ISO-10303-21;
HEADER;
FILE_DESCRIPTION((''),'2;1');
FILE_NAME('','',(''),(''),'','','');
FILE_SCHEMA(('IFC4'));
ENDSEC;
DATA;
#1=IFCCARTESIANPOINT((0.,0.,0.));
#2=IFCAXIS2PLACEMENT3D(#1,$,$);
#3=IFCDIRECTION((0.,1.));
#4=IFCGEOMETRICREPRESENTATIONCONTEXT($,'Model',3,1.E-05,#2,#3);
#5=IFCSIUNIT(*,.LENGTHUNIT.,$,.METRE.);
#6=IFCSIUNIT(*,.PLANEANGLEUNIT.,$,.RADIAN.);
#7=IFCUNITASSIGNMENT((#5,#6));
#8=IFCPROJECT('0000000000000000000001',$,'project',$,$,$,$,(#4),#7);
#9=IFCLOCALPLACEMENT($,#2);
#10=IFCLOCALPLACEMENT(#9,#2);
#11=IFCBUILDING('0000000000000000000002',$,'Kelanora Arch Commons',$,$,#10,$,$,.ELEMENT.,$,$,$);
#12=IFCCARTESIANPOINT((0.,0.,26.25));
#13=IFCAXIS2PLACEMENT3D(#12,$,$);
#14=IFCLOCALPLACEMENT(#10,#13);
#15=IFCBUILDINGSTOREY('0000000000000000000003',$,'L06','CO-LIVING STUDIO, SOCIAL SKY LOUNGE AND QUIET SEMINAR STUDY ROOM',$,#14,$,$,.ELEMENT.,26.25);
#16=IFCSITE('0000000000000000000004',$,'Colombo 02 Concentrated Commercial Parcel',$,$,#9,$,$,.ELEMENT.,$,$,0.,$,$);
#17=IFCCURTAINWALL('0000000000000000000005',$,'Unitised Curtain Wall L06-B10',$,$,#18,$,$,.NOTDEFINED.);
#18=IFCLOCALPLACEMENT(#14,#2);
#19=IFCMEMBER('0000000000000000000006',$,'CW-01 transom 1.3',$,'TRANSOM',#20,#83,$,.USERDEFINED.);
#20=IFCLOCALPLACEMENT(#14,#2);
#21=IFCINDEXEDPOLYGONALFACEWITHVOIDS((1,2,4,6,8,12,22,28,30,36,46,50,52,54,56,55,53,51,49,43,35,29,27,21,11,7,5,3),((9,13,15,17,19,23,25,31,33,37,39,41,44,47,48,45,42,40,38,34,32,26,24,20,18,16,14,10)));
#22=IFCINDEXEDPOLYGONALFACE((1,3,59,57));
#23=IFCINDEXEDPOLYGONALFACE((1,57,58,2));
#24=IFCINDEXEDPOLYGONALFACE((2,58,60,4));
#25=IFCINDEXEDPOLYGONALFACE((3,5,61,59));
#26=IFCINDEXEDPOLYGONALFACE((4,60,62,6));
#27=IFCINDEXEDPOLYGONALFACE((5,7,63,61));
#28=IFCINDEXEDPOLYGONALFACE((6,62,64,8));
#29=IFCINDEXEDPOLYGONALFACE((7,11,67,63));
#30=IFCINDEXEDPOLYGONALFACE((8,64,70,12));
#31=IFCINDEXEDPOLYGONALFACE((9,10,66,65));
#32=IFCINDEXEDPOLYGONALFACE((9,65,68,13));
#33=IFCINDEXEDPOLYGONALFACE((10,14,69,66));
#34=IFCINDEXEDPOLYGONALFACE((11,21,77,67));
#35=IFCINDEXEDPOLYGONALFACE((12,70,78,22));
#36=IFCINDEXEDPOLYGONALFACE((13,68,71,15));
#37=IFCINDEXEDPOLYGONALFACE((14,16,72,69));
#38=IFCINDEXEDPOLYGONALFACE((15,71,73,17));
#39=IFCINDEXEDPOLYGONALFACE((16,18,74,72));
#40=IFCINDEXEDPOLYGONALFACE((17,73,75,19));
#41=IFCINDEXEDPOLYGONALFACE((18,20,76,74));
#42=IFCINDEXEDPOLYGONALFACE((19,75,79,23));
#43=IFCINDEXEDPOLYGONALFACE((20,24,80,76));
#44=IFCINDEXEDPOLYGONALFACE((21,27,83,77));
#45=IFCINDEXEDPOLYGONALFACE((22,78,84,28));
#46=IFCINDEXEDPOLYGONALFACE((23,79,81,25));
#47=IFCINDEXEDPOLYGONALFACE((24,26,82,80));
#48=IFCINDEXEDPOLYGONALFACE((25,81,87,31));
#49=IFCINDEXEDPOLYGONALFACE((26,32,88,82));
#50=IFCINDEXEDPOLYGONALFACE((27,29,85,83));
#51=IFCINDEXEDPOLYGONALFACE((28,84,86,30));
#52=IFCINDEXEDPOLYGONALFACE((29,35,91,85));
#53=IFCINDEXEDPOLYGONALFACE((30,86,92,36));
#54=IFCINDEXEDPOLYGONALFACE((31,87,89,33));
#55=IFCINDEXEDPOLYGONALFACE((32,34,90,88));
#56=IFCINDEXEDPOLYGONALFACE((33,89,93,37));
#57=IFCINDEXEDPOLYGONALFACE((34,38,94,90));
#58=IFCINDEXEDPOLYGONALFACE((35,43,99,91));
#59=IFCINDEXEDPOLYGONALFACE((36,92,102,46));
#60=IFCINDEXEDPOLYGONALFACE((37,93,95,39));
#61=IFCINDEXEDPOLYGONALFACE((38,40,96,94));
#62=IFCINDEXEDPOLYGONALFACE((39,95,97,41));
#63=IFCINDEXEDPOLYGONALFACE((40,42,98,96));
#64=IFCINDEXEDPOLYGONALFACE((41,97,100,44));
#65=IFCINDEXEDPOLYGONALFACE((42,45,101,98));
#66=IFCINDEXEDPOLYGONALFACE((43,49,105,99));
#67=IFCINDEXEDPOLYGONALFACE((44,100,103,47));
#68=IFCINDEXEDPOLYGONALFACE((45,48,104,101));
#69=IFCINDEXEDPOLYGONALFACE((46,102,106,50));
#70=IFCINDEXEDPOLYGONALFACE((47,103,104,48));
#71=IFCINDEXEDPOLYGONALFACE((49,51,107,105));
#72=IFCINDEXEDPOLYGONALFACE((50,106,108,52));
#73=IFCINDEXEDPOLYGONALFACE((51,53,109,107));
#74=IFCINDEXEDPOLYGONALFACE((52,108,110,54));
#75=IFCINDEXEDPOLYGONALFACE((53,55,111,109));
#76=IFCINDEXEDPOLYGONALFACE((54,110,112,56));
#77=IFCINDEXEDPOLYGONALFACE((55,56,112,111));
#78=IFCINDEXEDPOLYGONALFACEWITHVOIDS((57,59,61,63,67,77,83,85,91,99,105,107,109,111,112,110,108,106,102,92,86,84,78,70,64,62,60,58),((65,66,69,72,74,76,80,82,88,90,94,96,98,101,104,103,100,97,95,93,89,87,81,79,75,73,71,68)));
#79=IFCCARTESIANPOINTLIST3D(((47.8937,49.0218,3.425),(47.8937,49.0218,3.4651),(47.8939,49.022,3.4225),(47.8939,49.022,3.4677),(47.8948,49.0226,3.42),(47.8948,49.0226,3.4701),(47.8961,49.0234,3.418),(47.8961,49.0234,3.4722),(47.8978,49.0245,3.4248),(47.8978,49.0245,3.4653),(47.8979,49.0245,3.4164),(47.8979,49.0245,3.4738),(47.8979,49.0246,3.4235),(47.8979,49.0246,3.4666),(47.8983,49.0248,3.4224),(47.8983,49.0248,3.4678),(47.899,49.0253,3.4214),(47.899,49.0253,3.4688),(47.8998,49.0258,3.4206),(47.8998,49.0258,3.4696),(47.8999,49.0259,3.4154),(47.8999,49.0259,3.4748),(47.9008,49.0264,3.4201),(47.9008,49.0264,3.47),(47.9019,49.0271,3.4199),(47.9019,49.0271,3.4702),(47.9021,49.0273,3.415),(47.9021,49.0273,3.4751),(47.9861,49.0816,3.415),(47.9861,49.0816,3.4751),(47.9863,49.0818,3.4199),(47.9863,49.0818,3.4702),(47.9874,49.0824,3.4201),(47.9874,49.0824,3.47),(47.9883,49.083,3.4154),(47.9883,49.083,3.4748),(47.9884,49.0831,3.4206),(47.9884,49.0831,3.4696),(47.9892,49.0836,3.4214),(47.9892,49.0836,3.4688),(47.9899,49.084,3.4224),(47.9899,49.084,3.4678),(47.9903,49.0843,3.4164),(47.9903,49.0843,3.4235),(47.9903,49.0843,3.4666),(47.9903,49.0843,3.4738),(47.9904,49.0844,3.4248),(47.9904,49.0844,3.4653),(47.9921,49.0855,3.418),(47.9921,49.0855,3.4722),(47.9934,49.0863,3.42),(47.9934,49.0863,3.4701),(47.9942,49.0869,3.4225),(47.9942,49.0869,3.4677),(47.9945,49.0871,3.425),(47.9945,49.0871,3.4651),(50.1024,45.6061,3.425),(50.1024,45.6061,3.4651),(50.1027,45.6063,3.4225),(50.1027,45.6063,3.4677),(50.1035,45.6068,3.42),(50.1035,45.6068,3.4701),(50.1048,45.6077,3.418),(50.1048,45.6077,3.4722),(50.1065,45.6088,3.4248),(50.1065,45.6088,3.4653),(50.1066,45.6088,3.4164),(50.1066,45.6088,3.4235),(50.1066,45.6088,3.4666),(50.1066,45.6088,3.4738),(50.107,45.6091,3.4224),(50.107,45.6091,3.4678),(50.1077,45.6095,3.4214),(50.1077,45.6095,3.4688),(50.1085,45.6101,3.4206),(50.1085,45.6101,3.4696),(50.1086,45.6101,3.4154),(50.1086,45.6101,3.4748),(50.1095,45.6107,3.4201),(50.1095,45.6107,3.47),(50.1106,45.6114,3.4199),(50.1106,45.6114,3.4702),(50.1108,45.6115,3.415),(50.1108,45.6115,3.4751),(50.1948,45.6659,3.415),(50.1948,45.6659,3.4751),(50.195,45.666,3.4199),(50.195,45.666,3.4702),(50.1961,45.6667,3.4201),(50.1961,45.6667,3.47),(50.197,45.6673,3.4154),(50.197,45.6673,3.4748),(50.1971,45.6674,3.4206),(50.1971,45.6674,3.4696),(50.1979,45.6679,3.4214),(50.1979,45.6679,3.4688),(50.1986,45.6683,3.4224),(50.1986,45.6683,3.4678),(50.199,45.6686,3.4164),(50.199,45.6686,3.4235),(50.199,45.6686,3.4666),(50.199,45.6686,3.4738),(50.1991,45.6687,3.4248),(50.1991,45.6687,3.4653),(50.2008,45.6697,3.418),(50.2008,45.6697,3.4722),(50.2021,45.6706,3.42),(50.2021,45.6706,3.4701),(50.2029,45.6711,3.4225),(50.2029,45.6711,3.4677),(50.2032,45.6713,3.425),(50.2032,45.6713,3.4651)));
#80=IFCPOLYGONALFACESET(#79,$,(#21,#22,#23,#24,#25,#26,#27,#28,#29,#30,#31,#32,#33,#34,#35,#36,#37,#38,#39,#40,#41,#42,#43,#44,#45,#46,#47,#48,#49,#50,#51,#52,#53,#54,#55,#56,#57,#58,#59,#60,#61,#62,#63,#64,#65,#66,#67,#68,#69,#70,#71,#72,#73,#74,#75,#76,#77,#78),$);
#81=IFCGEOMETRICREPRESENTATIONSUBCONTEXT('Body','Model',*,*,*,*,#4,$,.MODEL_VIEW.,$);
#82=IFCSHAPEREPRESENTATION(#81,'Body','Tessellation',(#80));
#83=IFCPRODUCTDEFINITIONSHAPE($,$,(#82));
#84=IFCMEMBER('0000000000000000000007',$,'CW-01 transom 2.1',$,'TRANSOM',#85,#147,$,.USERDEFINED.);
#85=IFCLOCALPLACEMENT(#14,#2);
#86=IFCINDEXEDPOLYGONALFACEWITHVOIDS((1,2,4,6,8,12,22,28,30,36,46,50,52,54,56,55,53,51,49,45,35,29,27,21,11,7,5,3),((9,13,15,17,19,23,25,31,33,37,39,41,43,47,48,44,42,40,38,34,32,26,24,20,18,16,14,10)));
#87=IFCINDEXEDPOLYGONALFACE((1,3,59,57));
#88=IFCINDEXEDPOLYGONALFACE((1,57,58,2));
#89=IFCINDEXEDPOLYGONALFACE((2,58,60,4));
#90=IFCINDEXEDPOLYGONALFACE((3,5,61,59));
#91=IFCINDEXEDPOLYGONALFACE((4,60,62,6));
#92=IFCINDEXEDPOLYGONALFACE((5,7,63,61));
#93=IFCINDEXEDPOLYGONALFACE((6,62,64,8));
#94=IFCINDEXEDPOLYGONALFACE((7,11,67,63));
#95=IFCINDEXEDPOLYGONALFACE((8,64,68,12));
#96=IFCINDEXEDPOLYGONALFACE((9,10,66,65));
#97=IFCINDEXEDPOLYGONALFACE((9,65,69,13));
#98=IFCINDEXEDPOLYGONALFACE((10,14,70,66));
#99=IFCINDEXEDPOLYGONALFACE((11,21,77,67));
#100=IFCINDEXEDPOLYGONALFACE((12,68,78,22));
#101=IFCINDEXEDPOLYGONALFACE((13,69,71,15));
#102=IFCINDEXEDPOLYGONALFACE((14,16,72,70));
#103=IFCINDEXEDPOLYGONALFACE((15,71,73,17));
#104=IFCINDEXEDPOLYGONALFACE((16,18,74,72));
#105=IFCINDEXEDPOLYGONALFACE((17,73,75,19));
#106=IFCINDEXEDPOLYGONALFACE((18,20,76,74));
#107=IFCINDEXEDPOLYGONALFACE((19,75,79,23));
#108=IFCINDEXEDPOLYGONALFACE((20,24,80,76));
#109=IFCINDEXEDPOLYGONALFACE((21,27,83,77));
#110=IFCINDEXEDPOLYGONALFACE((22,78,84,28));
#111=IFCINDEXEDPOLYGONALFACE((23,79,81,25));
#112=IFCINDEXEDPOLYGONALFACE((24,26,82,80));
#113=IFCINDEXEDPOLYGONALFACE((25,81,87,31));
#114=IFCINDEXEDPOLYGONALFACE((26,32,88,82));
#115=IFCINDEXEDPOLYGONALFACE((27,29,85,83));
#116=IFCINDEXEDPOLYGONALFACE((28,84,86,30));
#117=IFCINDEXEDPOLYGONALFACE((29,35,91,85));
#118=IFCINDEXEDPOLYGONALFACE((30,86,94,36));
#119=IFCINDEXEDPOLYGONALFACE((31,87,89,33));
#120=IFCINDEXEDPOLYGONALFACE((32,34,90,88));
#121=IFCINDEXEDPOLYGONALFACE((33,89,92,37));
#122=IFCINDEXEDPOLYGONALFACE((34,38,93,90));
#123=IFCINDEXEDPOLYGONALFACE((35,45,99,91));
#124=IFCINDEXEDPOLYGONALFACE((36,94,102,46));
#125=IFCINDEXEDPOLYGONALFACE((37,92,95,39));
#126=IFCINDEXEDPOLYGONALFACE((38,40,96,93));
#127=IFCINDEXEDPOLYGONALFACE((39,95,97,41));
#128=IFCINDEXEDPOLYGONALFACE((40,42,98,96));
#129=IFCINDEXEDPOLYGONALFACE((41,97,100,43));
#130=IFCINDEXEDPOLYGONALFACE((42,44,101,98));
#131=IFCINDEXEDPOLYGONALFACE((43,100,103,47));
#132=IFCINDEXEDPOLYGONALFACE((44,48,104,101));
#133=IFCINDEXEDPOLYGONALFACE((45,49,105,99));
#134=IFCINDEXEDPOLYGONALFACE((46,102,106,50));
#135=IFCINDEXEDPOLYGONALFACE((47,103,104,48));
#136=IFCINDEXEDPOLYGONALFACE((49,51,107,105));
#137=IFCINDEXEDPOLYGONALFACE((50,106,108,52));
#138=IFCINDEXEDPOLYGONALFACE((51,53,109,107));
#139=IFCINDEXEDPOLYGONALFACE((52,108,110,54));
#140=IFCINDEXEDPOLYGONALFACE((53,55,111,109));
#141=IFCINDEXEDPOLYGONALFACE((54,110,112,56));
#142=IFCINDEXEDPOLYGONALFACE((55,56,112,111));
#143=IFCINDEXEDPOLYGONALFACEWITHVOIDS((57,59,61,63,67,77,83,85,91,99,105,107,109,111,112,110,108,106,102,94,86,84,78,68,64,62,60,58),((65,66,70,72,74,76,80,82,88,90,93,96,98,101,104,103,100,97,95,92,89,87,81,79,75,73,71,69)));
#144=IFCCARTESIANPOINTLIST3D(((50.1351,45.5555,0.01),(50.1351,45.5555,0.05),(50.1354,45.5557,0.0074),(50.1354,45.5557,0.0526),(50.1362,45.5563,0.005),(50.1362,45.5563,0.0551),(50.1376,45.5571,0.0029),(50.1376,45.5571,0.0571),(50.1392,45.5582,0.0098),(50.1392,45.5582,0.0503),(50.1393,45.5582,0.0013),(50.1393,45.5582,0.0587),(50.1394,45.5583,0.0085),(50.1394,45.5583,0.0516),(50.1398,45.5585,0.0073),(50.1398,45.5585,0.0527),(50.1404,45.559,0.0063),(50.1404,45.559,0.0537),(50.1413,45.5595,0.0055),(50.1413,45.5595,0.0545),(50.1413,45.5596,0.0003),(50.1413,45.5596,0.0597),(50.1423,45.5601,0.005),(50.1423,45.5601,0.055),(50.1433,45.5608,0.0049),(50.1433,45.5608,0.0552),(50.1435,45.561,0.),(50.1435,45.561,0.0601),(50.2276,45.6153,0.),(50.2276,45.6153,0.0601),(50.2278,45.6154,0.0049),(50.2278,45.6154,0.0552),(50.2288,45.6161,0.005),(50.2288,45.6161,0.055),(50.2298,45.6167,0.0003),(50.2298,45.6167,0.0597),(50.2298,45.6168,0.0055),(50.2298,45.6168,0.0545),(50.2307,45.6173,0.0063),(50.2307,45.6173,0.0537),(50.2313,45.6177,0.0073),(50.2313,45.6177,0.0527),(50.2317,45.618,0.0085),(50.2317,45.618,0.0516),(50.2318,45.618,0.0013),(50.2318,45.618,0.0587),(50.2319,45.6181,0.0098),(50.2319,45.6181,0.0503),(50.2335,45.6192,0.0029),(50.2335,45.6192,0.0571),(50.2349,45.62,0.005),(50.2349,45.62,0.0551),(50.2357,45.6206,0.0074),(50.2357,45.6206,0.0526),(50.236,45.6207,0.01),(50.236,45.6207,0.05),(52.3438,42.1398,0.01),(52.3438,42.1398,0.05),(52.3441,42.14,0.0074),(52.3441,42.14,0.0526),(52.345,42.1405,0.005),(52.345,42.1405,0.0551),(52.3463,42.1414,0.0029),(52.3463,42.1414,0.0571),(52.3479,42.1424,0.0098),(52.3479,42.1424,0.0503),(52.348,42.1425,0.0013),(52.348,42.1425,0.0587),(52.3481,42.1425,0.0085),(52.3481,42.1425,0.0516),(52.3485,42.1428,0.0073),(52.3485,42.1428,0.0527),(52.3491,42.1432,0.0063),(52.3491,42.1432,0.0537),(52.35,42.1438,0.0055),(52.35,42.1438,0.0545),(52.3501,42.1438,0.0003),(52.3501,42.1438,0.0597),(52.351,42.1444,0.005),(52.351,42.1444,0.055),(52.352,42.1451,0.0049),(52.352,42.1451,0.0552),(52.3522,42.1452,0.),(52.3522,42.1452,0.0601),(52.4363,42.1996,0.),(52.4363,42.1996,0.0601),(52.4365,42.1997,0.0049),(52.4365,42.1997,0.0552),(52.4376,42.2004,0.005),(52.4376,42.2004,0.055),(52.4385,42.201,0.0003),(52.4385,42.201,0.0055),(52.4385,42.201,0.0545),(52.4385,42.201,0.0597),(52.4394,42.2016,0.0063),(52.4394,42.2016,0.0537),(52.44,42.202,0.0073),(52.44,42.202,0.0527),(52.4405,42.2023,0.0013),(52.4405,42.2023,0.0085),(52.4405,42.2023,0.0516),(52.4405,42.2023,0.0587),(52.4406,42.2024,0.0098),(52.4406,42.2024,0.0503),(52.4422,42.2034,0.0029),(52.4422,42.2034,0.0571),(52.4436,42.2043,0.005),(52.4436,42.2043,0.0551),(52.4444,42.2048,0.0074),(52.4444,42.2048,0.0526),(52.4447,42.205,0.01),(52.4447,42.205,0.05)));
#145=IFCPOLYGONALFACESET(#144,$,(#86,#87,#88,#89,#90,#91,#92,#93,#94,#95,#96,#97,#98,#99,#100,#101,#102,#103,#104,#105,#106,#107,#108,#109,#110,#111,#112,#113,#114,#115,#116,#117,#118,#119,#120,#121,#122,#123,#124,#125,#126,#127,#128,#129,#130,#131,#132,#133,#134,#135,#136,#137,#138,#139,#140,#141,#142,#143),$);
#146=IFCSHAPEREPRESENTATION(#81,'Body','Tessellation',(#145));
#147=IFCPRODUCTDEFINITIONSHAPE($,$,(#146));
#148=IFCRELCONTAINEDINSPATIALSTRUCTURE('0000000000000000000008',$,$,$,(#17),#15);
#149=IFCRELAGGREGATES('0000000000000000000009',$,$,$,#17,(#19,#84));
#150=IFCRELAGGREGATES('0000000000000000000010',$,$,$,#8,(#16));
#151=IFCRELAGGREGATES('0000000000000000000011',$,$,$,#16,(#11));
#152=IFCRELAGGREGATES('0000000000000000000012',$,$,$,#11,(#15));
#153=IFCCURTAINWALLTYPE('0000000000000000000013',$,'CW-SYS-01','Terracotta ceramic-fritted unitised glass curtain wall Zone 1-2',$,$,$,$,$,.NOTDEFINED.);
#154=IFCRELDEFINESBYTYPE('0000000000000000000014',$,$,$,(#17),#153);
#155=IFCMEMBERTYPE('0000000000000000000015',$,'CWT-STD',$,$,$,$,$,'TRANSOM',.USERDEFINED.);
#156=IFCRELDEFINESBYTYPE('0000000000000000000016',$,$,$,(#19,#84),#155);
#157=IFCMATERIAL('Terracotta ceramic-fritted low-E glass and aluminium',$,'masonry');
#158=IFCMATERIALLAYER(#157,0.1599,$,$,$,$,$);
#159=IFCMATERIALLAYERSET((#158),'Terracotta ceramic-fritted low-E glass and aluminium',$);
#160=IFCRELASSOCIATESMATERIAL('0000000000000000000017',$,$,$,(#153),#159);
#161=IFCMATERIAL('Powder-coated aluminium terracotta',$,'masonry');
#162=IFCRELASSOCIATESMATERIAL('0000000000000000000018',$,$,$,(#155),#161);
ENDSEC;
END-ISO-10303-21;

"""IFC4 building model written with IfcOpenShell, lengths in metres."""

from ifc_helpers import new_model, si_unit, direction, frame, origin, origin_2d, place, context, subcontext, project, spatial, hollow_rectangle, extrude, material, layer, layer_set, material_profile, profile_set, type_object, element, aggregate, save


model = new_model("IFC4")

# Units and contexts
model_context = context("Model", 3, precision=1e-05, world=origin(), true_north=direction((0.0, 1.0)))
body_context = subcontext(model_context, "Body", "Model", "MODEL_VIEW")
ifc_project = project(units=[si_unit("LENGTHUNIT", "METRE"), si_unit("PLANEANGLEUNIT", "RADIAN")], contexts=[model_context])

# Site, building, storey
site_placement = place(None, origin())
site = spatial("IfcSite", under=ifc_project, at=site_placement, Name="Colombo 02 Concentrated Commercial Parcel", CompositionType="ELEMENT", RefElevation=0.0)
building_placement = place(site_placement, origin())
building = spatial("IfcBuilding", under=site, at=building_placement, Name="Kelanora Arch Commons", CompositionType="ELEMENT")
storey_placement = place(building_placement, frame((0.0, 0.0, 26.25)))
storey = spatial("IfcBuildingStorey", under=building, at=storey_placement, Name="L06", Description="CO-LIVING STUDIO, SOCIAL SKY LOUNGE AND QUIET SEMINAR STUDY ROOM", CompositionType="ELEMENT", Elevation=26.25)

# Shared definitions
ifc_material_1 = material(Name="Terracotta ceramic-fritted low-E glass and aluminium", Category="masonry")
ifc_layer_1 = layer(ifc_material_1, 0.1599)
ifc_layer_set_1 = layer_set([ifc_layer_1], Name="Terracotta ceramic-fritted low-E glass and aluminium")
curtain_wall_type = type_object("IfcCurtainWallType", Name="CW-SYS-01", Description="Terracotta ceramic-fritted unitised glass curtain wall Zone 1-2", PredefinedType="NOTDEFINED", material=ifc_layer_set_1)
ifc_material_2 = material(Name="Powder-coated aluminium terracotta", Category="masonry")

# Curtain wall, members
curtain_wall_1_placement = place(storey_placement, origin())
curtain_wall_1 = element("IfcCurtainWall", 1, at=curtain_wall_1_placement, inside=storey, type_object=curtain_wall_type, Name="Unitised Curtain Wall L06-B10", PredefinedType="NOTDEFINED")
ifc_material_profile_1 = material_profile(ifc_material_2, hollow_rectangle(XDim=0.1201, YDim=0.0601, WallThickness=0.0049, InnerFilletRadius=0.0049, OuterFilletRadius=0.01, at=origin_2d()), Name="CWT120x60")
ifc_profile_set_1 = profile_set([ifc_material_profile_1], Name="Powder-coated aluminium terracotta")
member_type_1 = type_object("IfcMemberType", Name="CWT-STD", ElementType="TRANSOM", PredefinedType="USERDEFINED", material=ifc_profile_set_1)
member_1_placement = place(storey_placement, frame((47.9441, 49.0544, 3.4451), z_axis=(0.542997, -0.839734, 0.0), x_axis=(0.839734, 0.542997, 0.0)))
member_1 = element("IfcMember", 2, at=member_1_placement, type_object=member_type_1, Name="CW-01 transom 1.3", ObjectType="TRANSOM", PredefinedType="USERDEFINED", context=body_context, shape_type="SweptSolid", body=[
    extrude(hollow_rectangle(XDim=0.1201, YDim=0.0601, WallThickness=0.0049, InnerFilletRadius=0.0049, OuterFilletRadius=0.01, at=origin_2d()), origin(), (0.0, 0.0, 1.0), 4.0676),
])
member_2_placement = place(storey_placement, frame((50.1855, 45.5881, 0.03), z_axis=(0.542997, -0.839734, 0.0), x_axis=(0.839734, 0.542997, 0.0)))
member_2 = element("IfcMember", 3, at=member_2_placement, type_object=member_type_1, Name="CW-01 transom 2.1", ObjectType="TRANSOM", PredefinedType="USERDEFINED", context=body_context, shape_type="SweptSolid", body=[
    extrude(hollow_rectangle(XDim=0.1201, YDim=0.0601, WallThickness=0.0049, InnerFilletRadius=0.0049, OuterFilletRadius=0.01, at=origin_2d()), origin(), (0.0, 0.0, 1.0), 4.0676),
])

aggregate(curtain_wall_1, [member_1, member_2])

save(model, "model.ifc")
